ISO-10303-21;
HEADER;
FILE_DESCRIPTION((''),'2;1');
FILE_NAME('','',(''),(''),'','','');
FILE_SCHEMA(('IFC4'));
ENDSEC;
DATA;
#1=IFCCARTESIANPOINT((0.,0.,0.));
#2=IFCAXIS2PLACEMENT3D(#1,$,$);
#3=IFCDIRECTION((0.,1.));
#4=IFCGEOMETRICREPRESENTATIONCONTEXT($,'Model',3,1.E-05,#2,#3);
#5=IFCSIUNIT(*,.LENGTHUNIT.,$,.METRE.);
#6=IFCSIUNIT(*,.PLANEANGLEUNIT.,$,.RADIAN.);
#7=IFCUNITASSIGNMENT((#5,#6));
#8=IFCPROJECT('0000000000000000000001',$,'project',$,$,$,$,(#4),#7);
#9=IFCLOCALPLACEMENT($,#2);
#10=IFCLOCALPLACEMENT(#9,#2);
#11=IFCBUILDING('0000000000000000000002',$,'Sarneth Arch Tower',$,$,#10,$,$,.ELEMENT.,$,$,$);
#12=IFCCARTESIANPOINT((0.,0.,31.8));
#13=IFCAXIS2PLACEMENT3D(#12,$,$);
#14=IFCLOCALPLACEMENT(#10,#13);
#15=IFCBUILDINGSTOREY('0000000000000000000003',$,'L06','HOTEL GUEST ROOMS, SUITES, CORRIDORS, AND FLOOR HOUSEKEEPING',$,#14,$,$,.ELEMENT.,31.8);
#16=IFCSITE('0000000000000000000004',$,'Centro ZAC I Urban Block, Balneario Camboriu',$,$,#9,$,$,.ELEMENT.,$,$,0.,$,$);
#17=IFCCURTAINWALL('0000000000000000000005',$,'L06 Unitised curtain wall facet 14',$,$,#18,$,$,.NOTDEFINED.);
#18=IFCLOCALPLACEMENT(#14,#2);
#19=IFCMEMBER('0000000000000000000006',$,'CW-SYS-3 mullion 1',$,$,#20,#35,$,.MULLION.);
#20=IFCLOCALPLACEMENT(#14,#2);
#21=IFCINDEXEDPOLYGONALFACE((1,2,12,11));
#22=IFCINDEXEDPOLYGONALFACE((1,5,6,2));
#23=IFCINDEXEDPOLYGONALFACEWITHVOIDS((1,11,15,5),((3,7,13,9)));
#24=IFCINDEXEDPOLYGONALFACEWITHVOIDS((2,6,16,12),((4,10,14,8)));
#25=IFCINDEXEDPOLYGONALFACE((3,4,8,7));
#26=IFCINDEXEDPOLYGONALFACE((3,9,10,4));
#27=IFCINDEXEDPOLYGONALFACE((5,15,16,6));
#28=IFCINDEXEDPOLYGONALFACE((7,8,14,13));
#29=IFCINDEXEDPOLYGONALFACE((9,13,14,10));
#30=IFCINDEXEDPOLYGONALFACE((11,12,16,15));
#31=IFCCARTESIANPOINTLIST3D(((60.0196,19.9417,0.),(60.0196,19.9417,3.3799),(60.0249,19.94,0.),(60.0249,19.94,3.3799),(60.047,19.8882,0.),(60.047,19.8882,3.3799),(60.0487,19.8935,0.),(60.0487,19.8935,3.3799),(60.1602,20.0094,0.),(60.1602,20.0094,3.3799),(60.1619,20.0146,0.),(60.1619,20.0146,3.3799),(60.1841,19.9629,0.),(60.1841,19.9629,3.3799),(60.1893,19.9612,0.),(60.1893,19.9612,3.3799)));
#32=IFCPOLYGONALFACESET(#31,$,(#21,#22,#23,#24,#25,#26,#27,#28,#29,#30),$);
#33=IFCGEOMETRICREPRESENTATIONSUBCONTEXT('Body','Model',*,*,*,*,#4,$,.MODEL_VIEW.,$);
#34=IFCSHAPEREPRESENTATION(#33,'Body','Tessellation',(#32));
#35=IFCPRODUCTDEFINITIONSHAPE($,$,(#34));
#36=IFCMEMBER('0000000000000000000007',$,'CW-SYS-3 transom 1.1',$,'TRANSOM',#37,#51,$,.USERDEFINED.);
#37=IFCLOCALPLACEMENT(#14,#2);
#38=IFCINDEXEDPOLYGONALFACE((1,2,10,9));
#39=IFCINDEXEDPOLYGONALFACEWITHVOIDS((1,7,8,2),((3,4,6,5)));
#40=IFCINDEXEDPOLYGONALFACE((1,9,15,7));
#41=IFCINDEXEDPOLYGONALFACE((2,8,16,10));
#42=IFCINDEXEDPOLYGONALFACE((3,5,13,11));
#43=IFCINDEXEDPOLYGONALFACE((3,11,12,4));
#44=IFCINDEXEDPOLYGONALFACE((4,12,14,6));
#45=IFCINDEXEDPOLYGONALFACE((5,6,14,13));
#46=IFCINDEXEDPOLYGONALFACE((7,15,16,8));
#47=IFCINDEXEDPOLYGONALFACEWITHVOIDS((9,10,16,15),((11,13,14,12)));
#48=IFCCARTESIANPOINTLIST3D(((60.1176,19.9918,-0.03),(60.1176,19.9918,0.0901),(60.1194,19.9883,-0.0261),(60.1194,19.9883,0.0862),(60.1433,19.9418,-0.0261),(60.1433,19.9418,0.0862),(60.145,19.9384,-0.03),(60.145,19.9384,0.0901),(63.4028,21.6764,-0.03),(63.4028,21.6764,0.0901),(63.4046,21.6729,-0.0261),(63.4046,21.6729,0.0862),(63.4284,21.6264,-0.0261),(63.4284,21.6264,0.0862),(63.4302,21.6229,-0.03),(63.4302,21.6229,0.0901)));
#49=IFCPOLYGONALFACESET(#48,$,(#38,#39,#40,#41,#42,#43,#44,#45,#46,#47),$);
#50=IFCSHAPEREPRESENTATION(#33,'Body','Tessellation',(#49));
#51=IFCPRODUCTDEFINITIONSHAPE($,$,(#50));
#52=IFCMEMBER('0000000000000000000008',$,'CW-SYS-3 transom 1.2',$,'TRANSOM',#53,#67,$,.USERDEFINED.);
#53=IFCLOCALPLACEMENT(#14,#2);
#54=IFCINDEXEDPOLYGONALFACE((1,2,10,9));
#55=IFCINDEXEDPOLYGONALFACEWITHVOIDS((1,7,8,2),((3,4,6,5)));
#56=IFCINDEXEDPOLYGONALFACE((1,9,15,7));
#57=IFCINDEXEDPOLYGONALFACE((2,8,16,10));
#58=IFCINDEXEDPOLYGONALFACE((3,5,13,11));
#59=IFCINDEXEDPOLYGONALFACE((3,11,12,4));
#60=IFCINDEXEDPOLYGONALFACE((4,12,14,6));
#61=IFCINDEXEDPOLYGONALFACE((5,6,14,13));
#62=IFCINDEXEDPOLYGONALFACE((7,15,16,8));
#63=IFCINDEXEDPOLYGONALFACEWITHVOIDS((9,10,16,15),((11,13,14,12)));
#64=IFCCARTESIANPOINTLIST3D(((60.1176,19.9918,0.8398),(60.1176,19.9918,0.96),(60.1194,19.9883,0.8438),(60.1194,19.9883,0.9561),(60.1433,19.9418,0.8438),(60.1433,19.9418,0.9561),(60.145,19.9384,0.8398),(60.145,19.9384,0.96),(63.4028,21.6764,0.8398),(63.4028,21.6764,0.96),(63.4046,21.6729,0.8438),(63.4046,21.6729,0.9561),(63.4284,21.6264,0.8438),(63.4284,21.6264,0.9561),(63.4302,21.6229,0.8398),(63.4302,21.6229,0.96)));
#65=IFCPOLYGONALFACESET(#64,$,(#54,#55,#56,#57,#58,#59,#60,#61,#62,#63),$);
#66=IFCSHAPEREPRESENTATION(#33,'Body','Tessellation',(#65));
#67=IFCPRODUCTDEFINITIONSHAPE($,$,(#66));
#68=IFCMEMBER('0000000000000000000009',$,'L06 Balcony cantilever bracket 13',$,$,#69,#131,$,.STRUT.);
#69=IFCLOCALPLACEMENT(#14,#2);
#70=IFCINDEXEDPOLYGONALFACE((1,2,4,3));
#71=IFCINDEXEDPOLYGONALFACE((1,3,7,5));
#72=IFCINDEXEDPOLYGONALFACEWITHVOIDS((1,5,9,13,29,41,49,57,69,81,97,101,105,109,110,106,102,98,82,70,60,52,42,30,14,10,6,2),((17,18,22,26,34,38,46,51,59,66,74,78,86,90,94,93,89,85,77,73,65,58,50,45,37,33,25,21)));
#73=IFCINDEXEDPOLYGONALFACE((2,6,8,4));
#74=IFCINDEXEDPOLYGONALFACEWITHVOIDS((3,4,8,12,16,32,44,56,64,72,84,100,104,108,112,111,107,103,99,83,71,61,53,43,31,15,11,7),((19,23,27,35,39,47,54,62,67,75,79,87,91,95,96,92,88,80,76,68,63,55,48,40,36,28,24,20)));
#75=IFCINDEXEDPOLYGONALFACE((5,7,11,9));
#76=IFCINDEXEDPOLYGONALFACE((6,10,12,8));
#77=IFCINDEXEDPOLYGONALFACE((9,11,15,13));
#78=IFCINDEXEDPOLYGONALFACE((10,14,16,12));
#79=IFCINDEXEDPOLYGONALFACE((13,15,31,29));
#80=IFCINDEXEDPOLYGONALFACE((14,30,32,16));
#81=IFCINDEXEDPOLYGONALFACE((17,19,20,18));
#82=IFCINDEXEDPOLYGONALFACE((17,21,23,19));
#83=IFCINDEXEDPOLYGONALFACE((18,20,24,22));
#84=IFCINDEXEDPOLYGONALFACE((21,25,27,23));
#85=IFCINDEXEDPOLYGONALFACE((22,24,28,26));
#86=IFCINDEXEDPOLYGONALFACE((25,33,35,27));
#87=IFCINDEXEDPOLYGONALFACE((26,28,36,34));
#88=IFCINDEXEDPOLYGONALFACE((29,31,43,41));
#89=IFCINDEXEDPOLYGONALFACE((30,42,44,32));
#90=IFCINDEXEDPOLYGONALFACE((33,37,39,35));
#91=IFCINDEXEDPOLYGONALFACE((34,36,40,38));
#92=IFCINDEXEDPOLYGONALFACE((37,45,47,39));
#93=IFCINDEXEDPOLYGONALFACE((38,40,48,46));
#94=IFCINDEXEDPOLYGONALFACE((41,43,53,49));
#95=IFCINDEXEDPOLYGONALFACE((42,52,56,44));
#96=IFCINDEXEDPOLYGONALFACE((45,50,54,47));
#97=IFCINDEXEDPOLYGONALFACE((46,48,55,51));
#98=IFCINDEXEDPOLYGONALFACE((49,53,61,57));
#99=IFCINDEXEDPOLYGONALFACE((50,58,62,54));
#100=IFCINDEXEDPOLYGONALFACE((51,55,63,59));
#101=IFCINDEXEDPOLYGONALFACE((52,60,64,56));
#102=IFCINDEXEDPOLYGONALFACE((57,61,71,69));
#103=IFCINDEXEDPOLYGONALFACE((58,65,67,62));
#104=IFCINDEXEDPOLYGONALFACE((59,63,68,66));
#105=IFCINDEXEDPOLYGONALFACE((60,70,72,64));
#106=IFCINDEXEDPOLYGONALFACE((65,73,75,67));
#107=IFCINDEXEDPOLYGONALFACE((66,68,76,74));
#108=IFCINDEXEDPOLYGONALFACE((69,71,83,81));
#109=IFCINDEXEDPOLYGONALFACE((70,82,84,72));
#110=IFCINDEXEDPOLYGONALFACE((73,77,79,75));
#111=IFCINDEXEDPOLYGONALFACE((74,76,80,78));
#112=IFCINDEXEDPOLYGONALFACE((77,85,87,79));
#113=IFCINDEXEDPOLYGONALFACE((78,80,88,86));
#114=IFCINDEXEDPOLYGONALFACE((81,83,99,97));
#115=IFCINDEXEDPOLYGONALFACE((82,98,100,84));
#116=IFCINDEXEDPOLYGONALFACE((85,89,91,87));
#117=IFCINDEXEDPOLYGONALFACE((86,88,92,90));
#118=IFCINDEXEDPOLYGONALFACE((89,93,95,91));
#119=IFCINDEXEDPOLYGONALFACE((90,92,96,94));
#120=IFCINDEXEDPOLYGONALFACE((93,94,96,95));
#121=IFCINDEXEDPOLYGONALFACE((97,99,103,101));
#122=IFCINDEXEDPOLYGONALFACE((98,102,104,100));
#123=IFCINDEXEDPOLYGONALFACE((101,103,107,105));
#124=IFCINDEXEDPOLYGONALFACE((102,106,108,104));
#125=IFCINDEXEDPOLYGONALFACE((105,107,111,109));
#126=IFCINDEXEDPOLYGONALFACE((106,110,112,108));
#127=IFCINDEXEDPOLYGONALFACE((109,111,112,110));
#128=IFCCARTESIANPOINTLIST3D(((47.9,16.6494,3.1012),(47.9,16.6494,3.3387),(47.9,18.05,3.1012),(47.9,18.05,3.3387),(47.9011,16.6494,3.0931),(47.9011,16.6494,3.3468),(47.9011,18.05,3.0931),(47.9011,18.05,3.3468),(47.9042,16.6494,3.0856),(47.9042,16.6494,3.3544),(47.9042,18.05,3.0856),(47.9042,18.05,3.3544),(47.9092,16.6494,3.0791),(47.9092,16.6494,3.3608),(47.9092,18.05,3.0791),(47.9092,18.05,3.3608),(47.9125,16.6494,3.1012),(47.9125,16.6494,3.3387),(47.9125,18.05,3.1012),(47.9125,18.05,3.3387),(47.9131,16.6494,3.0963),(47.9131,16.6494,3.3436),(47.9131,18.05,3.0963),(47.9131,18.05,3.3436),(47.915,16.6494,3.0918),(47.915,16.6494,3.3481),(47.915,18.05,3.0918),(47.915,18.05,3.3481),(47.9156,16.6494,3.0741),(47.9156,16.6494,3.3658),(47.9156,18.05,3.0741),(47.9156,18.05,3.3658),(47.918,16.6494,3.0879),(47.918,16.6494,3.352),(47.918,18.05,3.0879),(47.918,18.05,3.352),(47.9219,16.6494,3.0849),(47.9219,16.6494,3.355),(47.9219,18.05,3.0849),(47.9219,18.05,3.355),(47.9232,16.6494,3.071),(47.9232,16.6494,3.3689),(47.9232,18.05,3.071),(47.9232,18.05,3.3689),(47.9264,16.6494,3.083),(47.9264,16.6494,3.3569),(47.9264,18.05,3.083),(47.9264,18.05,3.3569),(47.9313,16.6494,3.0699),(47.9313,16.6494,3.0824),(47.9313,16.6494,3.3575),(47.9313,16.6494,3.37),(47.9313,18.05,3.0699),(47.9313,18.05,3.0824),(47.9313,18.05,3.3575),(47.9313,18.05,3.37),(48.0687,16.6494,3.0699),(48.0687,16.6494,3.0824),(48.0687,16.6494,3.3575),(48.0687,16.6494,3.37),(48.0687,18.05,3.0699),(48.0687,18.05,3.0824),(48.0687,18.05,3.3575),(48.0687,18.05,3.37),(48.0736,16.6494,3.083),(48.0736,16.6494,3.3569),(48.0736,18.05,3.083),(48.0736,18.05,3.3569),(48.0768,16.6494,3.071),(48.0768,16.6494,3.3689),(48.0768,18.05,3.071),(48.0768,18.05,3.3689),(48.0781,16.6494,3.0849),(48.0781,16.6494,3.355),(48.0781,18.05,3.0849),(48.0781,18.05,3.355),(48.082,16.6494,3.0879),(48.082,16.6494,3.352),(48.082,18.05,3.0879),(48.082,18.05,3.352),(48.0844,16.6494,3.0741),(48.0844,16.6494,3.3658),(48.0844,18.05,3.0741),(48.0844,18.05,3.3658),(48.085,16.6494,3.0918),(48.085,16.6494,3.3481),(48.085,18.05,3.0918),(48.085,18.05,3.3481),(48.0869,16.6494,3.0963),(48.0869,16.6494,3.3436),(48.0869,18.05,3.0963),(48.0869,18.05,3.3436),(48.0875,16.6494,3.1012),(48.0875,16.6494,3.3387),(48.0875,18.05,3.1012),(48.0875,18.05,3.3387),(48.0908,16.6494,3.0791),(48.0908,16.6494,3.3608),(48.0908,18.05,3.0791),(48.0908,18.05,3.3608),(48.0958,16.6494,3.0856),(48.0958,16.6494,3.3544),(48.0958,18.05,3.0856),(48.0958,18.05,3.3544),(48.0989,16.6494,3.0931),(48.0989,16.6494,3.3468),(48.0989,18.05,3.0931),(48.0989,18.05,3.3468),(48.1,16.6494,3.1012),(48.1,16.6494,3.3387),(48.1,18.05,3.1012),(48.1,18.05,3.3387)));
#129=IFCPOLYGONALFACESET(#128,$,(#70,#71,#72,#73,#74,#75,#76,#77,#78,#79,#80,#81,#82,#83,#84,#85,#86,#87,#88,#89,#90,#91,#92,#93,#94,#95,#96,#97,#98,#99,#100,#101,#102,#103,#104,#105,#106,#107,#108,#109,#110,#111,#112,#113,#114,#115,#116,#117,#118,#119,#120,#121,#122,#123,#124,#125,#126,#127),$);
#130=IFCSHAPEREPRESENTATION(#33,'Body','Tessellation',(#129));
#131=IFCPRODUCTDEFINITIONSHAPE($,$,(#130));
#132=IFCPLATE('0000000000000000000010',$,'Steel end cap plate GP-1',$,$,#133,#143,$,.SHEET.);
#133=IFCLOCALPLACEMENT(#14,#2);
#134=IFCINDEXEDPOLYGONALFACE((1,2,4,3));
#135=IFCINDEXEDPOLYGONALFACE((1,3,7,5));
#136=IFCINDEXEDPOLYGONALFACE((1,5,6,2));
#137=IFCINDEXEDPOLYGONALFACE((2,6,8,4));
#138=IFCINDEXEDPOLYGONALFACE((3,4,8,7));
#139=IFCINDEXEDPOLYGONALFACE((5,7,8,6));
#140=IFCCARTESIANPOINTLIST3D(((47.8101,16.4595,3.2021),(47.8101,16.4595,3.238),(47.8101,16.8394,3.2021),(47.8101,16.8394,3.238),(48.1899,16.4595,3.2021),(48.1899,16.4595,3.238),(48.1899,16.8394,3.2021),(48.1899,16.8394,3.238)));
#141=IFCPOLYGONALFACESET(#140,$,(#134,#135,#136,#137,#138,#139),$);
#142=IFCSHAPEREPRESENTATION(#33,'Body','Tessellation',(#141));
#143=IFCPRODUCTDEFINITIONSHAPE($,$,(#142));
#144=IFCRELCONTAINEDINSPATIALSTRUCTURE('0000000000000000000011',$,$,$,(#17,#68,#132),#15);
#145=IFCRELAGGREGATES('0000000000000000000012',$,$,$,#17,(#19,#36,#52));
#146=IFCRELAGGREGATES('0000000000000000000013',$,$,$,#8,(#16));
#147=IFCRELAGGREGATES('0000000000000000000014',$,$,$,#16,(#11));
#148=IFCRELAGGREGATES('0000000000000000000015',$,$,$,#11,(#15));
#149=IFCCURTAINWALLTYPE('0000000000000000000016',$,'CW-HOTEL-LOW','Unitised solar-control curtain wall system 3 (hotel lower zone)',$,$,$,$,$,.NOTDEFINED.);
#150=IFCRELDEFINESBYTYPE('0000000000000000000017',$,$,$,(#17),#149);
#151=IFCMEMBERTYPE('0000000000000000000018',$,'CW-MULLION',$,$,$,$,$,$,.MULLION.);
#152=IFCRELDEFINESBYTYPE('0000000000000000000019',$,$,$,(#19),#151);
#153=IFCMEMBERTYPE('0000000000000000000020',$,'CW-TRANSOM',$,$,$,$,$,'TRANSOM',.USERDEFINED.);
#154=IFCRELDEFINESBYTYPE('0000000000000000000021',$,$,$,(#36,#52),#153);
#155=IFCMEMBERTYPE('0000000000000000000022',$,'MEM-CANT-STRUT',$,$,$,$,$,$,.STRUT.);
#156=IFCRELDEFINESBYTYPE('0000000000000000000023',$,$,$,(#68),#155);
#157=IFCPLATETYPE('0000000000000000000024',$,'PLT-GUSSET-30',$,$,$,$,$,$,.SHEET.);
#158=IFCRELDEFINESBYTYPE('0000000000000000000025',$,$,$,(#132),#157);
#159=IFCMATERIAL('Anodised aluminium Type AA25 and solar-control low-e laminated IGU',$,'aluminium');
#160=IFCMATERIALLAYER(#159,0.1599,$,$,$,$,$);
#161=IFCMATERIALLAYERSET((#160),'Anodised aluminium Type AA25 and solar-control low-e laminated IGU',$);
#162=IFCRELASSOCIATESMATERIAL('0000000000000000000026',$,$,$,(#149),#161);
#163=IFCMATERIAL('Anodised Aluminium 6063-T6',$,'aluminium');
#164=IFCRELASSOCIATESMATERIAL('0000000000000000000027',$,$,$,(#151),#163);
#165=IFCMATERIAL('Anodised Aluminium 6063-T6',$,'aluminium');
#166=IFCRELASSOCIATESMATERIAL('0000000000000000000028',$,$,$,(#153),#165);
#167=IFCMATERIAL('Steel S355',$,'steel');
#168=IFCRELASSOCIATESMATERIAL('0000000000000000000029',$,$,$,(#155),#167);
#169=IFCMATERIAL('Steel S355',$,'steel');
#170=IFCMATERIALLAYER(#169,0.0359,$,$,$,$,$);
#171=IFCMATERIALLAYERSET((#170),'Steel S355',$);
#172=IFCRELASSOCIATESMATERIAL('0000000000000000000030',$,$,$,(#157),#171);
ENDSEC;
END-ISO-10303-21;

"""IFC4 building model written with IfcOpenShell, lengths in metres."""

from ifc_helpers import new_model, si_unit, direction, frame, origin, origin_2d, place, context, subcontext, project, spatial, rectangle, hollow_rectangle, extrude, material, layer, layer_set, material_profile, profile_set, type_object, element, aggregate, save


model = new_model("IFC4")

# Units and contexts
model_context = context("Model", 3, precision=1e-05, world=origin(), true_north=direction((0.0, 1.0)))
body_context = subcontext(model_context, "Body", "Model", "MODEL_VIEW")
ifc_project = project(units=[si_unit("LENGTHUNIT", "METRE"), si_unit("PLANEANGLEUNIT", "RADIAN")], contexts=[model_context])

# Site, building, storey
site_placement = place(None, origin())
site = spatial("IfcSite", under=ifc_project, at=site_placement, Name="Centro ZAC I Urban Block, Balneario Camboriu", CompositionType="ELEMENT", RefElevation=0.0)
building_placement = place(site_placement, origin())
building = spatial("IfcBuilding", under=site, at=building_placement, Name="Sarneth Arch Tower", CompositionType="ELEMENT")
storey_placement = place(building_placement, frame((0.0, 0.0, 31.8)))
storey = spatial("IfcBuildingStorey", under=building, at=storey_placement, Name="L06", Description="HOTEL GUEST ROOMS, SUITES, CORRIDORS, AND FLOOR HOUSEKEEPING", CompositionType="ELEMENT", Elevation=31.8)

# Curtain wall, members
ifc_material_1 = material(Name="Anodised aluminium Type AA25 and solar-control low-e laminated IGU", Category="aluminium")
ifc_layer_1 = layer(ifc_material_1, 0.1599)
ifc_layer_set_1 = layer_set([ifc_layer_1], Name="Anodised aluminium Type AA25 and solar-control low-e laminated IGU")
curtain_wall_type = type_object("IfcCurtainWallType", Name="CW-HOTEL-LOW", Description="Unitised solar-control curtain wall system 3 (hotel lower zone)", PredefinedType="NOTDEFINED", material=ifc_layer_set_1)
curtain_wall_placement = place(storey_placement, origin())
curtain_wall = element("IfcCurtainWall", 1, at=curtain_wall_placement, inside=storey, type_object=curtain_wall_type, Name="L06 Unitised curtain wall facet 14", PredefinedType="NOTDEFINED")
ifc_material_2 = material(Name="Anodised Aluminium 6063-T6", Category="aluminium")
ifc_material_profile_1 = material_profile(ifc_material_2, hollow_rectangle(XDim=0.0601, YDim=0.1599, WallThickness=0.0039, at=origin_2d()), Name="AL-MULL-160x60x4")
ifc_profile_set_1 = profile_set([ifc_material_profile_1], Name="Anodised Aluminium 6063-T6")
member_type_1 = type_object("IfcMemberType", Name="CW-MULLION", PredefinedType="MULLION", material=ifc_profile_set_1)
member_1_placement = place(storey_placement, frame((60.1045, 19.9514, 0.0), z_axis=(0.0, 0.0, 1.0), x_axis=(-0.456245, 0.889854, 0.0)))
member_1 = element("IfcMember", 2, at=member_1_placement, type_object=member_type_1, Name="CW-SYS-3 mullion 1", PredefinedType="MULLION", context=body_context, shape_type="SweptSolid", body=[
    extrude(hollow_rectangle(XDim=0.0601, YDim=0.1599, WallThickness=0.0039, at=origin_2d()), origin(), (0.0, 0.0, 1.0), 3.3799),
])
ifc_material_3 = material(Name="Anodised Aluminium 6063-T6", Category="aluminium")
ifc_material_profile_2 = material_profile(ifc_material_3, hollow_rectangle(XDim=0.0601, YDim=0.1201, WallThickness=0.0039, at=origin_2d()), Name="AL-TRAN-120x60x4")
ifc_profile_set_2 = profile_set([ifc_material_profile_2], Name="Anodised Aluminium 6063-T6")
member_type_2 = type_object("IfcMemberType", Name="CW-TRANSOM", ElementType="TRANSOM", PredefinedType="USERDEFINED", material=ifc_profile_set_2)
member_2_placement = place(storey_placement, frame((60.1313, 19.9651, 0.03), z_axis=(0.889831, 0.45629, 0.0), x_axis=(-0.45629, 0.889831, 0.0)))
member_2 = element("IfcMember", 3, at=member_2_placement, type_object=member_type_2, Name="CW-SYS-3 transom 1.1", ObjectType="TRANSOM", PredefinedType="USERDEFINED", context=body_context, shape_type="SweptSolid", body=[
    extrude(hollow_rectangle(XDim=0.0601, YDim=0.1201, WallThickness=0.0039, at=origin_2d()), origin(), (0.0, 0.0, 1.0), 3.6919),
])
member_3_placement = place(storey_placement, frame((60.1313, 19.9651, 0.8999), z_axis=(0.889831, 0.45629, 0.0), x_axis=(-0.45629, 0.889831, 0.0)))
member_3 = element("IfcMember", 4, at=member_3_placement, type_object=member_type_2, Name="CW-SYS-3 transom 1.2", ObjectType="TRANSOM", PredefinedType="USERDEFINED", context=body_context, shape_type="SweptSolid", body=[
    extrude(hollow_rectangle(XDim=0.0601, YDim=0.1201, WallThickness=0.0039, at=origin_2d()), origin(), (0.0, 0.0, 1.0), 3.6919),
])
aggregate(curtain_wall, [member_1, member_2, member_3])

# Member
ifc_material_4 = material(Name="Steel S355", Category="steel")
ifc_material_profile_3 = material_profile(ifc_material_4, hollow_rectangle(XDim=0.2, YDim=0.3, WallThickness=0.0125, InnerFilletRadius=0.0188, OuterFilletRadius=0.0312, at=origin_2d()), Name="RHS300x200x12.5")
ifc_profile_set_3 = profile_set([ifc_material_profile_3], Name="Steel S355")
member_type_3 = type_object("IfcMemberType", Name="MEM-CANT-STRUT", PredefinedType="STRUT", material=ifc_profile_set_3)
member_4_placement = place(storey_placement, frame((48.0, 18.05, 3.22), z_axis=(0.0, -1.0, 0.0), x_axis=(1.0, 0.0, 0.0)))
element("IfcMember", 5, at=member_4_placement, inside=storey, type_object=member_type_3, Name="L06 Balcony cantilever bracket 13", PredefinedType="STRUT", context=body_context, shape_type="SweptSolid", body=[
    extrude(hollow_rectangle(XDim=0.2, YDim=0.3, WallThickness=0.0125, InnerFilletRadius=0.0188, OuterFilletRadius=0.0312, at=origin_2d()), origin(), (0.0, 0.0, 1.0), 1.4006),
])

# Plate
ifc_material_5 = material(Name="Steel S355", Category="steel")
ifc_layer_2 = layer(ifc_material_5, 0.0359)
ifc_layer_set_2 = layer_set([ifc_layer_2], Name="Steel S355")
plate_type = type_object("IfcPlateType", Name="PLT-GUSSET-30", PredefinedType="SHEET", material=ifc_layer_set_2)
plate_placement = place(storey_placement, frame((48.0, 16.6494, 3.2021), z_axis=(0.0, 0.0, 1.0), x_axis=(0.0, -1.0, 0.0)))
element("IfcPlate", 6, at=plate_placement, inside=storey, type_object=plate_type, Name="Steel end cap plate GP-1", PredefinedType="SHEET", context=body_context, shape_type="SweptSolid", body=[
    extrude(rectangle(XDim=0.3799, YDim=0.3799, at=origin_2d()), origin(), (0.0, 0.0, 1.0), 0.0359),
])

save(model, "model.ifc")
